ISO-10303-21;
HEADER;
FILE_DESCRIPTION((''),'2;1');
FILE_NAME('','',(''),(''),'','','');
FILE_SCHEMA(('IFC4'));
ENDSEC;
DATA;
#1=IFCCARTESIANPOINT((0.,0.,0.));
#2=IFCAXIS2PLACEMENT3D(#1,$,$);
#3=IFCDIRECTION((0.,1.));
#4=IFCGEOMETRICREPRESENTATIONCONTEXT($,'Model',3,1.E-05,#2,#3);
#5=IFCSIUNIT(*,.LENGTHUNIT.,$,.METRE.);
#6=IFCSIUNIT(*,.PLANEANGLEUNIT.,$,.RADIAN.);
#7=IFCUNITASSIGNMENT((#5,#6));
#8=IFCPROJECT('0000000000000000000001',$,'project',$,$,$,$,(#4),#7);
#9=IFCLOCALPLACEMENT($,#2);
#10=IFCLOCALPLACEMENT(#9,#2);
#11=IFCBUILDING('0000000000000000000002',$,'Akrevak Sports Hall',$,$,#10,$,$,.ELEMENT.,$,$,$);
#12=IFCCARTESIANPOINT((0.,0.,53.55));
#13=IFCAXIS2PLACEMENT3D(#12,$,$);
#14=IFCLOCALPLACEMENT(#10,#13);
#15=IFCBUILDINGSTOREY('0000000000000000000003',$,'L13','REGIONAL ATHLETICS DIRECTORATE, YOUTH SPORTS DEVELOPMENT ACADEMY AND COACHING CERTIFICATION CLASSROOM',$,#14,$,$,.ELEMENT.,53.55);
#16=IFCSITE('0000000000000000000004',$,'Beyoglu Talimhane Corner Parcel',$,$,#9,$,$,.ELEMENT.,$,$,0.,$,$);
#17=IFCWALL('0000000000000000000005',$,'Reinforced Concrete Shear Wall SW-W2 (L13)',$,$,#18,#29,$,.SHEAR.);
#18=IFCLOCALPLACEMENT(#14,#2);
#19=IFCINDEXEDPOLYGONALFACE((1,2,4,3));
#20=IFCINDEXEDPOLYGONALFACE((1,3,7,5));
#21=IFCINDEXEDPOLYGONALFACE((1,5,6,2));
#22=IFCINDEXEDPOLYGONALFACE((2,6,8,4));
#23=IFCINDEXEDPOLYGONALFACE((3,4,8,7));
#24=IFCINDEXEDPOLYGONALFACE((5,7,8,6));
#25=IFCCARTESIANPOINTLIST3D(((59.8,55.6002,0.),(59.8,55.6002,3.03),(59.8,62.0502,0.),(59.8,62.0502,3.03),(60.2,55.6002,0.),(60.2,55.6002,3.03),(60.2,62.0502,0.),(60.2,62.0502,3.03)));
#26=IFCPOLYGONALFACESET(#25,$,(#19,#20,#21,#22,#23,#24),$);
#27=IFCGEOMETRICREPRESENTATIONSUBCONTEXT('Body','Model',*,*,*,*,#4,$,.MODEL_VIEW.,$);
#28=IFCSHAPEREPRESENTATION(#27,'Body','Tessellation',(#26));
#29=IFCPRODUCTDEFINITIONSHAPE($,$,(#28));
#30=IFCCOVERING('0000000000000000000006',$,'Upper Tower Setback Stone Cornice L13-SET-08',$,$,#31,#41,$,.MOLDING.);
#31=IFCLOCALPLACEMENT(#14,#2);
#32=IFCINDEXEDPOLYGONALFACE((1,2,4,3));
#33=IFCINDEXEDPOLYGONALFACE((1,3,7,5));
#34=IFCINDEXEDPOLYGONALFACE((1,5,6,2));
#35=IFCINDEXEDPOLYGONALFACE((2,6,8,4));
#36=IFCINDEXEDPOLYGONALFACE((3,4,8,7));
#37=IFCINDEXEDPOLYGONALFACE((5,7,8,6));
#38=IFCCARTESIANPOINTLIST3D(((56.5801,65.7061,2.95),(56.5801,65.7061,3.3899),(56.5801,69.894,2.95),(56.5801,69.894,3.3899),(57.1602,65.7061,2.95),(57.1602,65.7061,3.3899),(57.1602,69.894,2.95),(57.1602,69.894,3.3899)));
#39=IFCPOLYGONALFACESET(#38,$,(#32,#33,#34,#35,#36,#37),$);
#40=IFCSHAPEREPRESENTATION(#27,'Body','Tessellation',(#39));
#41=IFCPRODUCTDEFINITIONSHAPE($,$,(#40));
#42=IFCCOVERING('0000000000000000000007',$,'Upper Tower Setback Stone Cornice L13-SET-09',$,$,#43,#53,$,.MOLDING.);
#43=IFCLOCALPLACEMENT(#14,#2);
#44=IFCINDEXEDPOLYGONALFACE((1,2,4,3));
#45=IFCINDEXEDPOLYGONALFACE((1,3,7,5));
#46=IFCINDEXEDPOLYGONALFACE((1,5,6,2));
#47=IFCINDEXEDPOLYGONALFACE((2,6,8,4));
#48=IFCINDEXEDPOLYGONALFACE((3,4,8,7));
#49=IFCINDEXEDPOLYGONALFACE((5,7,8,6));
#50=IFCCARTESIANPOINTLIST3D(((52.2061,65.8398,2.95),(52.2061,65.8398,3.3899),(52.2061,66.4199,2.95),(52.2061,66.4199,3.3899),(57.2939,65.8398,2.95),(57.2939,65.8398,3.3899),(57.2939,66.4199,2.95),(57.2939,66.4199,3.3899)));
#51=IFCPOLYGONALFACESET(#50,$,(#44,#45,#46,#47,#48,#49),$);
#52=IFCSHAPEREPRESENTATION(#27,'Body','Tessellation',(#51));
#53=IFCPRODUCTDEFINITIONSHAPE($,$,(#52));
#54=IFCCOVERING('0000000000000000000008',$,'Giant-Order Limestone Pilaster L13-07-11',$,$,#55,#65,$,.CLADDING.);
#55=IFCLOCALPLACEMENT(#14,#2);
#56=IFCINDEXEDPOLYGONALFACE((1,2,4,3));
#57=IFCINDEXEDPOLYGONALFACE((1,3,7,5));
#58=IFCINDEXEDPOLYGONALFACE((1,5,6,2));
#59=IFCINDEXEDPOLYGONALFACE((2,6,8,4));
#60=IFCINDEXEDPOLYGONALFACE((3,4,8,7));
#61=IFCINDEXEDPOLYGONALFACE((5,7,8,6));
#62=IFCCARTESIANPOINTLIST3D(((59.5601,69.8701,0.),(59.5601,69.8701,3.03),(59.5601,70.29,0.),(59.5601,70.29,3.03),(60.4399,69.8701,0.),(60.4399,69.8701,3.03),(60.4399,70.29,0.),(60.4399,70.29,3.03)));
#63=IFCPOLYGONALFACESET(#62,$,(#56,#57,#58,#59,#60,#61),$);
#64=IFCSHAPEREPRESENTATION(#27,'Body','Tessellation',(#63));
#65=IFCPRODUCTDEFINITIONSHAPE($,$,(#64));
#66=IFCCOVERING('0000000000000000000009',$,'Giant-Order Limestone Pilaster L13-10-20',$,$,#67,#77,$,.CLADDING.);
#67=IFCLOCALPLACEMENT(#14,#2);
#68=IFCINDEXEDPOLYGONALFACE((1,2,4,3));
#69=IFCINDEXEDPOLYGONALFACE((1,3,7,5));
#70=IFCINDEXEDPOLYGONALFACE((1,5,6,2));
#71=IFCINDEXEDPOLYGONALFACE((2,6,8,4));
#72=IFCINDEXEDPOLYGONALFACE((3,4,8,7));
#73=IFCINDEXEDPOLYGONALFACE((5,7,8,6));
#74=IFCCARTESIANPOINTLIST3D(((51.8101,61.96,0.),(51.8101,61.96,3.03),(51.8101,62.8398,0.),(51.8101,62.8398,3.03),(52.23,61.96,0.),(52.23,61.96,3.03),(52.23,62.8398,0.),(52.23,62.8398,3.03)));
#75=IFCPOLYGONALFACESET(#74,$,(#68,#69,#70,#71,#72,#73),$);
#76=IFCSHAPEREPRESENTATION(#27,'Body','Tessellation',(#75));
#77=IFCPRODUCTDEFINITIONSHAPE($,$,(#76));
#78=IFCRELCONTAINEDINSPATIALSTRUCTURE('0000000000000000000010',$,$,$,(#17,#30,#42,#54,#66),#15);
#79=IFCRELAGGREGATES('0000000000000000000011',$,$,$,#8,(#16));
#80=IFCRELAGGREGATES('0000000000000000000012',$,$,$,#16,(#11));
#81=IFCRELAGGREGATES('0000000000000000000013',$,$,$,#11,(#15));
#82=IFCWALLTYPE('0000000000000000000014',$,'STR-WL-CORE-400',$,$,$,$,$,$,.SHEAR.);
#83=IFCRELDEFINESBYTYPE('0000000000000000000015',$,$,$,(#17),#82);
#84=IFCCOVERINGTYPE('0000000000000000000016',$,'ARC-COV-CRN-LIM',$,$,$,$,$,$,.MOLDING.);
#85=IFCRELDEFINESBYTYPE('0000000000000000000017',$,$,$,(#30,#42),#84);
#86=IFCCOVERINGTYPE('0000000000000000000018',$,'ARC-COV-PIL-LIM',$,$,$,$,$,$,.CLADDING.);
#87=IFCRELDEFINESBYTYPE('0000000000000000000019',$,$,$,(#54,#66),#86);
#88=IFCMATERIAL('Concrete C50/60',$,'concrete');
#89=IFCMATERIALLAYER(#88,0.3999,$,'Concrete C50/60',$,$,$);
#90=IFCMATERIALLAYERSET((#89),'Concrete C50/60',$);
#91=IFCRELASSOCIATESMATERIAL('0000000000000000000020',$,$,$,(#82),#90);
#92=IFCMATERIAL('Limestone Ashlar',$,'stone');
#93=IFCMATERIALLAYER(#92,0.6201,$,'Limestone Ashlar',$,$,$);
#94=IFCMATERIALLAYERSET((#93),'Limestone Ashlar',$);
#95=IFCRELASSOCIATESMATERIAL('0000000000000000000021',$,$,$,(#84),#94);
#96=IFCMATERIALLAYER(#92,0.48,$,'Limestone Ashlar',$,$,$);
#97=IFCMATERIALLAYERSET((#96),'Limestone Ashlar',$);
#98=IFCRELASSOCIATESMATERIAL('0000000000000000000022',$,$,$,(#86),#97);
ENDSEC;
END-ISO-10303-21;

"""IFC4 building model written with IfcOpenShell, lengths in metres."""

from ifc_helpers import new_model, si_unit, direction, frame, frame_2d, origin, origin_2d, place, context, subcontext, project, spatial, rectangle, extrude, material, layer, layer_set, type_object, element, save


model = new_model("IFC4")

# Units and contexts
model_context = context("Model", 3, precision=1e-05, world=origin(), true_north=direction((0.0, 1.0)))
body_context = subcontext(model_context, "Body", "Model", "MODEL_VIEW")
ifc_project = project(units=[si_unit("LENGTHUNIT", "METRE"), si_unit("PLANEANGLEUNIT", "RADIAN")], contexts=[model_context])

# Site, building, storey
site_placement = place(None, origin())
site = spatial("IfcSite", under=ifc_project, at=site_placement, Name="Beyoglu Talimhane Corner Parcel", CompositionType="ELEMENT", RefElevation=0.0)
building_placement = place(site_placement, origin())
building = spatial("IfcBuilding", under=site, at=building_placement, Name="Akrevak Sports Hall", CompositionType="ELEMENT")
storey_placement = place(building_placement, frame((0.0, 0.0, 53.55)))
storey = spatial("IfcBuildingStorey", under=building, at=storey_placement, Name="L13", Description="REGIONAL ATHLETICS DIRECTORATE, YOUTH SPORTS DEVELOPMENT ACADEMY AND COACHING CERTIFICATION CLASSROOM", CompositionType="ELEMENT", Elevation=53.55)

# Shared definitions
ifc_material_1 = material(Name="Limestone Ashlar", Category="stone")

# Wall
ifc_material_2 = material(Name="Concrete C50/60", Category="concrete")
ifc_layer_1 = layer(ifc_material_2, 0.3999, Name="Concrete C50/60")
ifc_layer_set_1 = layer_set([ifc_layer_1], Name="Concrete C50/60")
wall_type_1 = type_object("IfcWallType", Name="STR-WL-CORE-400", PredefinedType="SHEAR", material=ifc_layer_set_1)
wall_1_placement = place(storey_placement, frame((60.0, 55.6001, 0.0), z_axis=(0.0, 0.0, 1.0), x_axis=(0.0, 1.0, 0.0)))
element("IfcWall", 1, at=wall_1_placement, inside=storey, type_object=wall_type_1, Name="Reinforced Concrete Shear Wall SW-W2 (L13)", PredefinedType="SHEAR", context=body_context, shape_type="SweptSolid", body=[
    extrude(rectangle(XDim=6.45, YDim=0.3999, at=frame_2d((3.2251, 0.0))), origin(), (0.0, 0.0, 1.0), 3.03),
])

# Coverings
ifc_layer_2 = layer(ifc_material_1, 0.6201, Name="Limestone Ashlar")
ifc_layer_set_2 = layer_set([ifc_layer_2], Name="Limestone Ashlar")
covering_type_1 = type_object("IfcCoveringType", Name="ARC-COV-CRN-LIM", PredefinedType="MOLDING", material=ifc_layer_set_2)
covering_1_placement = place(storey_placement, frame((56.8701, 67.8, 2.95), z_axis=(0.0, 0.0, 1.0), x_axis=(0.0, -1.0, 0.0)))
element("IfcCovering", 2, at=covering_1_placement, inside=storey, type_object=covering_type_1, Name="Upper Tower Setback Stone Cornice L13-SET-08", PredefinedType="MOLDING", context=body_context, shape_type="SweptSolid", body=[
    extrude(rectangle(XDim=4.188, YDim=0.5801, at=origin_2d()), origin(), (0.0, 0.0, 1.0), 0.4399),
])
covering_2_placement = place(storey_placement, frame((54.75, 66.1299, 2.95), z_axis=(0.0, 0.0, 1.0), x_axis=(-1.0, 0.0, 0.0)))
element("IfcCovering", 3, at=covering_2_placement, inside=storey, type_object=covering_type_1, Name="Upper Tower Setback Stone Cornice L13-SET-09", PredefinedType="MOLDING", context=body_context, shape_type="SweptSolid", body=[
    extrude(rectangle(XDim=5.0879, YDim=0.5801, at=origin_2d()), origin(), (0.0, 0.0, 1.0), 0.4399),
])
ifc_layer_3 = layer(ifc_material_1, 0.48, Name="Limestone Ashlar")
ifc_layer_set_3 = layer_set([ifc_layer_3], Name="Limestone Ashlar")
covering_type_2 = type_object("IfcCoveringType", Name="ARC-COV-PIL-LIM", PredefinedType="CLADDING", material=ifc_layer_set_3)
for number, where, z_axis, x_axis, name in (
    (4, (60.0, 70.0801, 0.0), (0.0, 0.0, 1.0), (-1.0, 0.0, 0.0), "Giant-Order Limestone Pilaster L13-07-11"),
    (5, (52.02, 62.3999, 0.0), (0.0, 0.0, 1.0), (0.0, -1.0, 0.0), "Giant-Order Limestone Pilaster L13-10-20"),
):
    element("IfcCovering", number, at=place(storey_placement, frame(where, z_axis=z_axis, x_axis=x_axis)), inside=storey, type_object=covering_type_2, Name=name, PredefinedType="CLADDING", context=body_context, shape_type="SweptSolid", body=[
        extrude(rectangle(XDim=0.8799, YDim=0.4199, at=origin_2d()), origin(), (0.0, 0.0, 1.0), 3.03),
    ])

save(model, "model.ifc")
